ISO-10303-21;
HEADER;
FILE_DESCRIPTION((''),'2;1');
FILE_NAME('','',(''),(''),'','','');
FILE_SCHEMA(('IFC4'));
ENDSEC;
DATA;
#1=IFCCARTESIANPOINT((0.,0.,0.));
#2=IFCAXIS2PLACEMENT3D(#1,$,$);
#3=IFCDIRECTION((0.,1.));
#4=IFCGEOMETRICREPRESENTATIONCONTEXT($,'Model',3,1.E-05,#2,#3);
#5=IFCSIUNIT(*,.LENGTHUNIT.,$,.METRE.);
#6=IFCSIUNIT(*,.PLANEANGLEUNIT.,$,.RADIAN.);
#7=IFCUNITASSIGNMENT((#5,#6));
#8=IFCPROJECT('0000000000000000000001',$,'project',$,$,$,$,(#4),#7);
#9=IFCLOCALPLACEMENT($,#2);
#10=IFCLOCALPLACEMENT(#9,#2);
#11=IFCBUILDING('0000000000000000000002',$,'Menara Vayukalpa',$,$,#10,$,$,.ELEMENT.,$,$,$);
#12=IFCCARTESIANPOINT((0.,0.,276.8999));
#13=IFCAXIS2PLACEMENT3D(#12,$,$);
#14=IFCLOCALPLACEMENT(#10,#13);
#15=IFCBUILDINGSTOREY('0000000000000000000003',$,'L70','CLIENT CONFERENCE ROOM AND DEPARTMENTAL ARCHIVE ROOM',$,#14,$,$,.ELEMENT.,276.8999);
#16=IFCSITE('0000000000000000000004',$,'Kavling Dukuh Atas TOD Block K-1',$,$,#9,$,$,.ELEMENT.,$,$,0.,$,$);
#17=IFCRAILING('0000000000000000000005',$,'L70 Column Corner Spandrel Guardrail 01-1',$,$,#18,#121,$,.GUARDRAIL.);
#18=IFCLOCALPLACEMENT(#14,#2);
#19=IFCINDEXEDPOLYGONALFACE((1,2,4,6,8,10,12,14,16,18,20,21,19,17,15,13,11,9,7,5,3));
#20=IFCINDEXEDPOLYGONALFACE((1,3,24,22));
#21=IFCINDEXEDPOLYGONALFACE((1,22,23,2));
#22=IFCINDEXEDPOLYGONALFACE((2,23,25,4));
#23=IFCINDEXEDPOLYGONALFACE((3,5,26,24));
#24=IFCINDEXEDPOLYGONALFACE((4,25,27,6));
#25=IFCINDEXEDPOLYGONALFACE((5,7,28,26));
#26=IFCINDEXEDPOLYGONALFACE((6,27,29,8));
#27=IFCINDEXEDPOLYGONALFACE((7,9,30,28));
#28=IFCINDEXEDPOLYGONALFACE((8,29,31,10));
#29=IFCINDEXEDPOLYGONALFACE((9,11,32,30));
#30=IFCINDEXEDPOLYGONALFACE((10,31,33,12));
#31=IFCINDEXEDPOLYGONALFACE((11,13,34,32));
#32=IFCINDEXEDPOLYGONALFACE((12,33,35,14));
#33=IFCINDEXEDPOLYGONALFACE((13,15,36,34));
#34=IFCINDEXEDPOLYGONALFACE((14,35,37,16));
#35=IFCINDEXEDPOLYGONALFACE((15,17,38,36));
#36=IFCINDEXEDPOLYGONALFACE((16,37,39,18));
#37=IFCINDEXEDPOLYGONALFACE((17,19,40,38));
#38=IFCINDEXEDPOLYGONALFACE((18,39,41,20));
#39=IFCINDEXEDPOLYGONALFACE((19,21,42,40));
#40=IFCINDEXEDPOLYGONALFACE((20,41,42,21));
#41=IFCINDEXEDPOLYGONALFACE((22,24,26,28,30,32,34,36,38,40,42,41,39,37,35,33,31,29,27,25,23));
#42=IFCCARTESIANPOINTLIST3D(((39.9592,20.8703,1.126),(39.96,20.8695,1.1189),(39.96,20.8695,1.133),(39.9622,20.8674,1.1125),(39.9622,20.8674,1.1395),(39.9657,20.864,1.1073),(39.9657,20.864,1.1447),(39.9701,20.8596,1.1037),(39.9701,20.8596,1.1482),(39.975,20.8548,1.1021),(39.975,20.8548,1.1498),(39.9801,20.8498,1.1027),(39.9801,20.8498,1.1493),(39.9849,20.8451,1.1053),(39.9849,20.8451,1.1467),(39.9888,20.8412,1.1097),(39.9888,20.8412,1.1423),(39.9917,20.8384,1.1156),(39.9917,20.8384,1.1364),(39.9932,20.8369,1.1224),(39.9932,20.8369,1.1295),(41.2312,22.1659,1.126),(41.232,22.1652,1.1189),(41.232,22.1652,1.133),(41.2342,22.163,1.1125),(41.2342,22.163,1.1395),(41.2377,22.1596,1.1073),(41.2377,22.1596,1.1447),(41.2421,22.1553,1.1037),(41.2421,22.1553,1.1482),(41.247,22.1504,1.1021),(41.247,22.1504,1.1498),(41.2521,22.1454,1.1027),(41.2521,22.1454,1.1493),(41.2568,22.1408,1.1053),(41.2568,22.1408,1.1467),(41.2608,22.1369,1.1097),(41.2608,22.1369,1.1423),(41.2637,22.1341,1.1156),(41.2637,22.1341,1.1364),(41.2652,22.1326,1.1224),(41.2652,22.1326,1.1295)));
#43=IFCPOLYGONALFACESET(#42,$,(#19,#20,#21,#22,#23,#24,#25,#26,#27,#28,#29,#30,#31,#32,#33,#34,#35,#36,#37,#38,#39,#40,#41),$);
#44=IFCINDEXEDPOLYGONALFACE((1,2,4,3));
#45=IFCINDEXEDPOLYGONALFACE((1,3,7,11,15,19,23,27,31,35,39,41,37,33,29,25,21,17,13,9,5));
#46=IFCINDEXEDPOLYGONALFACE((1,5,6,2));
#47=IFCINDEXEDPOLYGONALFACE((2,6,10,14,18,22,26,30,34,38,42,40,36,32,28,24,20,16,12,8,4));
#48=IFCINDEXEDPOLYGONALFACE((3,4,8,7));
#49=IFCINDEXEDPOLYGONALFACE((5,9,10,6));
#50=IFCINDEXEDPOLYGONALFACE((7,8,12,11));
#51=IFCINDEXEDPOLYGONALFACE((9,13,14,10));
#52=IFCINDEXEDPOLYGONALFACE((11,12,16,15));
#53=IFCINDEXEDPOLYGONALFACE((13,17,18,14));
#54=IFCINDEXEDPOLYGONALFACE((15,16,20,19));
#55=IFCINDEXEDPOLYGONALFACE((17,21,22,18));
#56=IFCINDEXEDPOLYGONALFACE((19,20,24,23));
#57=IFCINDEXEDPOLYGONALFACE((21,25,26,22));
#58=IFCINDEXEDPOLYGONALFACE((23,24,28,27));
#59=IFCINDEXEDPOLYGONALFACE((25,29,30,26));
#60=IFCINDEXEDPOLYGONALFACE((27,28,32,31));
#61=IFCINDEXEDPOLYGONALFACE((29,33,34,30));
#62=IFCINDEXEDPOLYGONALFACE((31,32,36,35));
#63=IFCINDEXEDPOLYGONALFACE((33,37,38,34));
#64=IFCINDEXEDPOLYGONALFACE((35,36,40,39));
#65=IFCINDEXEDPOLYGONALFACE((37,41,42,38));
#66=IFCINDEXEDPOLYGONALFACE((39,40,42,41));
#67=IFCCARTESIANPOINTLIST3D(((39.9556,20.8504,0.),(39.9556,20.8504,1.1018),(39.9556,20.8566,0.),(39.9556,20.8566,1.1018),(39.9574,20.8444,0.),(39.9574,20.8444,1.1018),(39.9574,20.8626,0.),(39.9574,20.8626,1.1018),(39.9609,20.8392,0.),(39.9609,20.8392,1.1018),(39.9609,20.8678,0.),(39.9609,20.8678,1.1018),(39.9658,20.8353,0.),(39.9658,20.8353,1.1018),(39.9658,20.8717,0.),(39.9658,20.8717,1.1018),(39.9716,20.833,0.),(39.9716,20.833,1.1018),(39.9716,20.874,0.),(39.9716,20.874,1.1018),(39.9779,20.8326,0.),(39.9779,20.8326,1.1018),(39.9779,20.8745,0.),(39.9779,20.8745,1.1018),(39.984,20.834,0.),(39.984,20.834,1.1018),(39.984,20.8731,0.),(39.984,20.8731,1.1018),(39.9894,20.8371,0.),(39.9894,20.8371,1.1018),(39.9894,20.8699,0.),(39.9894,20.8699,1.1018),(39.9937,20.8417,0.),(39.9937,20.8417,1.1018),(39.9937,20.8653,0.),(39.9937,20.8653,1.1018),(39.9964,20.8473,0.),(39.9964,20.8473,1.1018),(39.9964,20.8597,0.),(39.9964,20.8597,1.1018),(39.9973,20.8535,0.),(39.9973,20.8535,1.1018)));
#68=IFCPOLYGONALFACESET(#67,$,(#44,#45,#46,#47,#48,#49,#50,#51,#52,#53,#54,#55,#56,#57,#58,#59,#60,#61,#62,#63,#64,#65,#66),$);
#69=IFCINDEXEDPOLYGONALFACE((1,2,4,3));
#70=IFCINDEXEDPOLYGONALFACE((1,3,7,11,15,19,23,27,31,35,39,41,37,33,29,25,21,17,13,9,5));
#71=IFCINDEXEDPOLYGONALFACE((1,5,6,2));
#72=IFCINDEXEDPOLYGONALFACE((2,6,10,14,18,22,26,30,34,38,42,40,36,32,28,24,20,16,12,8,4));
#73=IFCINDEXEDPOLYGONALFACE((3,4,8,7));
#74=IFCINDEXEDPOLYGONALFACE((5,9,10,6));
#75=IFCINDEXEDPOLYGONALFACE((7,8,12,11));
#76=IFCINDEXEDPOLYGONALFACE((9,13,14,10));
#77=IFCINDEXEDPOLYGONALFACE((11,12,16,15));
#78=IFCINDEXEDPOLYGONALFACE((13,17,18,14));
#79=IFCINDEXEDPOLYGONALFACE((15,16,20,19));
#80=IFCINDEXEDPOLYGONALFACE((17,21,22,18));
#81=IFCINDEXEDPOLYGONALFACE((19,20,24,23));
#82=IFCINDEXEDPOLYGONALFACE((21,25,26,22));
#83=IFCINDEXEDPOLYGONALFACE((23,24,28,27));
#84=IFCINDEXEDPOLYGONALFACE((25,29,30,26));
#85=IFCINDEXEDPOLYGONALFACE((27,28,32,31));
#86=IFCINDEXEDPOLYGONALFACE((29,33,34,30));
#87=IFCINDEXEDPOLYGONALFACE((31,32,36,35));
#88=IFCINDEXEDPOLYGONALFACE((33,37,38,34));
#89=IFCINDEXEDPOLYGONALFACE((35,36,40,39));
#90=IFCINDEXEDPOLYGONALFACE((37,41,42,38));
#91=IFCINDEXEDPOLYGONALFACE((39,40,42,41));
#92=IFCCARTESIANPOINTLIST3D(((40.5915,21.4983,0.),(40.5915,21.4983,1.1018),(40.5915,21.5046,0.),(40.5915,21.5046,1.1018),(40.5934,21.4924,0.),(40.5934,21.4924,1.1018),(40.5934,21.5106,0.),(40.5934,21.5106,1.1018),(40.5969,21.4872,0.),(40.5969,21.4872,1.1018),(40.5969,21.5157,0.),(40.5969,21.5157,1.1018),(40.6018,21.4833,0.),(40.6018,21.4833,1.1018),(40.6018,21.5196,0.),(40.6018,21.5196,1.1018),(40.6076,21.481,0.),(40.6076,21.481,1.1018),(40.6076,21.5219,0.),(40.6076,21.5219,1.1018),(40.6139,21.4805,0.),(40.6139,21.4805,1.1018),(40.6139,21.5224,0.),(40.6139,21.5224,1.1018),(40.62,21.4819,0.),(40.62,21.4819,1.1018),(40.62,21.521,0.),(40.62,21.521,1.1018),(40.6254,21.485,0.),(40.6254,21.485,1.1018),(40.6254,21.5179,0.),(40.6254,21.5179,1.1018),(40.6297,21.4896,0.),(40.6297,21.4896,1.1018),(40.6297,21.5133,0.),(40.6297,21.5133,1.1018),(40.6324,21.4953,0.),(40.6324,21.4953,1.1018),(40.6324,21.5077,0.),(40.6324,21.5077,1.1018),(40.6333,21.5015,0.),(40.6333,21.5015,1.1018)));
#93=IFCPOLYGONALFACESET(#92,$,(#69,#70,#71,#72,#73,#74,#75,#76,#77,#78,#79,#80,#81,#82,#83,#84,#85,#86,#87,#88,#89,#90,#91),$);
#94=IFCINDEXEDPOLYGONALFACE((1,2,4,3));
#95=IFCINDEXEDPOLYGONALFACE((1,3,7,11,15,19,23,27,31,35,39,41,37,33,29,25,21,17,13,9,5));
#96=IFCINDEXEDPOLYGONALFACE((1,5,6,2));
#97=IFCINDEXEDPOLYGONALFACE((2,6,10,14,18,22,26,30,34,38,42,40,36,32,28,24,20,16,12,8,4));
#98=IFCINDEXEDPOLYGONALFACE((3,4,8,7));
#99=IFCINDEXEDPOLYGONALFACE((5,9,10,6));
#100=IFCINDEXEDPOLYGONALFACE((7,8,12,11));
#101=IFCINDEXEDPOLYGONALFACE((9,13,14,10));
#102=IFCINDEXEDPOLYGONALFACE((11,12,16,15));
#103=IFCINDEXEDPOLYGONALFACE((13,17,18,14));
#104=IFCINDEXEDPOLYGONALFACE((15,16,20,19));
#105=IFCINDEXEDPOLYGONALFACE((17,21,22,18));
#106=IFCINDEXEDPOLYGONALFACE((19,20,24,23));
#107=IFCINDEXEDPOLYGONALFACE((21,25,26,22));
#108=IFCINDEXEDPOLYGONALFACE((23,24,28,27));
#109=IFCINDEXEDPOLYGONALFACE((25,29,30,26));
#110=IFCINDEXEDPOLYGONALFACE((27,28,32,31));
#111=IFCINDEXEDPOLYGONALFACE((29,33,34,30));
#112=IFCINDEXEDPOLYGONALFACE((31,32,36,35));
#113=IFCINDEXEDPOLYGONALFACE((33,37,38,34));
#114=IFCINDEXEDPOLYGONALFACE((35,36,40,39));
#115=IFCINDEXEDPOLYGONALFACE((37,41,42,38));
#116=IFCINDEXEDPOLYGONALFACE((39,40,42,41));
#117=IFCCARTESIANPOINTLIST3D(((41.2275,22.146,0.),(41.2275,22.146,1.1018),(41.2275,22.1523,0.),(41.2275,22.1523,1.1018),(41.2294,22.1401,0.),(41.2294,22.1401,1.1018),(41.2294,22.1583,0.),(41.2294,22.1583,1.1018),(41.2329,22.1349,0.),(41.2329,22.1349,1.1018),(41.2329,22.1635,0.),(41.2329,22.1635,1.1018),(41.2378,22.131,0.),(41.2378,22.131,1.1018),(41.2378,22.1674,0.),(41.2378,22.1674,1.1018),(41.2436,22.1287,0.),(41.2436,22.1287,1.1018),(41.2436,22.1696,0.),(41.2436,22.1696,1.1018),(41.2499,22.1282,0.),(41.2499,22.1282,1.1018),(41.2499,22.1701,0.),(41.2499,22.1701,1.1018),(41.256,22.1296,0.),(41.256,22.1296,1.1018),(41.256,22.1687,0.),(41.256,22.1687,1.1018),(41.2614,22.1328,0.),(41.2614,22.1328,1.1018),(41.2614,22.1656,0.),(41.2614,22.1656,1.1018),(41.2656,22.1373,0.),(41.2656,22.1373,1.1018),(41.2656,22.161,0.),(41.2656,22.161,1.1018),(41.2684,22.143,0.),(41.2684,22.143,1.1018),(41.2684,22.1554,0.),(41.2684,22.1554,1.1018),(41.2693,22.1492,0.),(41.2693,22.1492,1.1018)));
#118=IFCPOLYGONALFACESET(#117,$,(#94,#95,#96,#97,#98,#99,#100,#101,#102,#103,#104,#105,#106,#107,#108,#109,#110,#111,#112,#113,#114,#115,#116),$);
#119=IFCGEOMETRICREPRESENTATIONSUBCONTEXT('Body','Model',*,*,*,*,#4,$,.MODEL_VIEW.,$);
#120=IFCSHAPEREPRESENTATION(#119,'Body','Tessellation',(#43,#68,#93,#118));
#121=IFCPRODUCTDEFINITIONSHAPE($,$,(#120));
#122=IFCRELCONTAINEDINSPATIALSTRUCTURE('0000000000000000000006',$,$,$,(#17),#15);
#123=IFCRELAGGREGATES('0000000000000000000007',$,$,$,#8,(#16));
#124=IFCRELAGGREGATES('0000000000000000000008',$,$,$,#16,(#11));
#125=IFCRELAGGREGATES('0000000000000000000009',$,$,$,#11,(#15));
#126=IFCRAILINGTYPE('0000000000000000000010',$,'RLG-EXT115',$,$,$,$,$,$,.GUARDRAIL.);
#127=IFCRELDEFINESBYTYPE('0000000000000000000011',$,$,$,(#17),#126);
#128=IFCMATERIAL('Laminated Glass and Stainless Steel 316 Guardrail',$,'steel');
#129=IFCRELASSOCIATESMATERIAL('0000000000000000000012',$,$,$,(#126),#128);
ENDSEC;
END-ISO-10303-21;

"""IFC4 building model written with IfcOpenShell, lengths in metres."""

from ifc_helpers import new_model, si_unit, direction, frame, origin, origin_2d, place, context, subcontext, project, spatial, circle, extrude, material, type_object, element, save


model = new_model("IFC4")

# Units and contexts
model_context = context("Model", 3, precision=1e-05, world=origin(), true_north=direction((0.0, 1.0)))
body_context = subcontext(model_context, "Body", "Model", "MODEL_VIEW")
ifc_project = project(units=[si_unit("LENGTHUNIT", "METRE"), si_unit("PLANEANGLEUNIT", "RADIAN")], contexts=[model_context])

# Site, building, storey
site_placement = place(None, origin())
site = spatial("IfcSite", under=ifc_project, at=site_placement, Name="Kavling Dukuh Atas TOD Block K-1", CompositionType="ELEMENT", RefElevation=0.0)
building_placement = place(site_placement, origin())
building = spatial("IfcBuilding", under=site, at=building_placement, Name="Menara Vayukalpa", CompositionType="ELEMENT")
storey_placement = place(building_placement, frame((0.0, 0.0, 276.8999)))
storey = spatial("IfcBuildingStorey", under=building, at=storey_placement, Name="L70", Description="CLIENT CONFERENCE ROOM AND DEPARTMENTAL ARCHIVE ROOM", CompositionType="ELEMENT", Elevation=276.8999)

# Railing
ifc_material_1 = material(Name="Laminated Glass and Stainless Steel 316 Guardrail", Category="steel")
railing_type_1 = type_object("IfcRailingType", Name="RLG-EXT115", PredefinedType="GUARDRAIL", material=ifc_material_1)
railing_1_placement = place(storey_placement, frame((39.9763, 20.8535, 0.0)))
element("IfcRailing", 1, at=railing_1_placement, inside=storey, type_object=railing_type_1, Name="L70 Column Corner Spandrel Guardrail 01-1", PredefinedType="GUARDRAIL", context=body_context, shape_type="SweptSolid", body=[
    extrude(circle(Radius=0.0239, at=origin_2d()), frame((0.0, 0.0, 1.126), z_axis=(0.700555, 0.713598, 0.0), x_axis=(-0.713598, 0.700555, 0.0)), (0.0, 0.0, 1.0), 1.8157),
    extrude(circle(Radius=0.021, at=origin_2d()), origin(), (0.0, 0.0, 1.0), 1.1018),
    extrude(circle(Radius=0.021, at=origin_2d()), frame((0.636, 0.6479, 0.0)), (0.0, 0.0, 1.0), 1.1018),
    extrude(circle(Radius=0.021, at=origin_2d()), frame((1.272, 1.2957, 0.0)), (0.0, 0.0, 1.0), 1.1018),
])

save(model, "model.ifc")
